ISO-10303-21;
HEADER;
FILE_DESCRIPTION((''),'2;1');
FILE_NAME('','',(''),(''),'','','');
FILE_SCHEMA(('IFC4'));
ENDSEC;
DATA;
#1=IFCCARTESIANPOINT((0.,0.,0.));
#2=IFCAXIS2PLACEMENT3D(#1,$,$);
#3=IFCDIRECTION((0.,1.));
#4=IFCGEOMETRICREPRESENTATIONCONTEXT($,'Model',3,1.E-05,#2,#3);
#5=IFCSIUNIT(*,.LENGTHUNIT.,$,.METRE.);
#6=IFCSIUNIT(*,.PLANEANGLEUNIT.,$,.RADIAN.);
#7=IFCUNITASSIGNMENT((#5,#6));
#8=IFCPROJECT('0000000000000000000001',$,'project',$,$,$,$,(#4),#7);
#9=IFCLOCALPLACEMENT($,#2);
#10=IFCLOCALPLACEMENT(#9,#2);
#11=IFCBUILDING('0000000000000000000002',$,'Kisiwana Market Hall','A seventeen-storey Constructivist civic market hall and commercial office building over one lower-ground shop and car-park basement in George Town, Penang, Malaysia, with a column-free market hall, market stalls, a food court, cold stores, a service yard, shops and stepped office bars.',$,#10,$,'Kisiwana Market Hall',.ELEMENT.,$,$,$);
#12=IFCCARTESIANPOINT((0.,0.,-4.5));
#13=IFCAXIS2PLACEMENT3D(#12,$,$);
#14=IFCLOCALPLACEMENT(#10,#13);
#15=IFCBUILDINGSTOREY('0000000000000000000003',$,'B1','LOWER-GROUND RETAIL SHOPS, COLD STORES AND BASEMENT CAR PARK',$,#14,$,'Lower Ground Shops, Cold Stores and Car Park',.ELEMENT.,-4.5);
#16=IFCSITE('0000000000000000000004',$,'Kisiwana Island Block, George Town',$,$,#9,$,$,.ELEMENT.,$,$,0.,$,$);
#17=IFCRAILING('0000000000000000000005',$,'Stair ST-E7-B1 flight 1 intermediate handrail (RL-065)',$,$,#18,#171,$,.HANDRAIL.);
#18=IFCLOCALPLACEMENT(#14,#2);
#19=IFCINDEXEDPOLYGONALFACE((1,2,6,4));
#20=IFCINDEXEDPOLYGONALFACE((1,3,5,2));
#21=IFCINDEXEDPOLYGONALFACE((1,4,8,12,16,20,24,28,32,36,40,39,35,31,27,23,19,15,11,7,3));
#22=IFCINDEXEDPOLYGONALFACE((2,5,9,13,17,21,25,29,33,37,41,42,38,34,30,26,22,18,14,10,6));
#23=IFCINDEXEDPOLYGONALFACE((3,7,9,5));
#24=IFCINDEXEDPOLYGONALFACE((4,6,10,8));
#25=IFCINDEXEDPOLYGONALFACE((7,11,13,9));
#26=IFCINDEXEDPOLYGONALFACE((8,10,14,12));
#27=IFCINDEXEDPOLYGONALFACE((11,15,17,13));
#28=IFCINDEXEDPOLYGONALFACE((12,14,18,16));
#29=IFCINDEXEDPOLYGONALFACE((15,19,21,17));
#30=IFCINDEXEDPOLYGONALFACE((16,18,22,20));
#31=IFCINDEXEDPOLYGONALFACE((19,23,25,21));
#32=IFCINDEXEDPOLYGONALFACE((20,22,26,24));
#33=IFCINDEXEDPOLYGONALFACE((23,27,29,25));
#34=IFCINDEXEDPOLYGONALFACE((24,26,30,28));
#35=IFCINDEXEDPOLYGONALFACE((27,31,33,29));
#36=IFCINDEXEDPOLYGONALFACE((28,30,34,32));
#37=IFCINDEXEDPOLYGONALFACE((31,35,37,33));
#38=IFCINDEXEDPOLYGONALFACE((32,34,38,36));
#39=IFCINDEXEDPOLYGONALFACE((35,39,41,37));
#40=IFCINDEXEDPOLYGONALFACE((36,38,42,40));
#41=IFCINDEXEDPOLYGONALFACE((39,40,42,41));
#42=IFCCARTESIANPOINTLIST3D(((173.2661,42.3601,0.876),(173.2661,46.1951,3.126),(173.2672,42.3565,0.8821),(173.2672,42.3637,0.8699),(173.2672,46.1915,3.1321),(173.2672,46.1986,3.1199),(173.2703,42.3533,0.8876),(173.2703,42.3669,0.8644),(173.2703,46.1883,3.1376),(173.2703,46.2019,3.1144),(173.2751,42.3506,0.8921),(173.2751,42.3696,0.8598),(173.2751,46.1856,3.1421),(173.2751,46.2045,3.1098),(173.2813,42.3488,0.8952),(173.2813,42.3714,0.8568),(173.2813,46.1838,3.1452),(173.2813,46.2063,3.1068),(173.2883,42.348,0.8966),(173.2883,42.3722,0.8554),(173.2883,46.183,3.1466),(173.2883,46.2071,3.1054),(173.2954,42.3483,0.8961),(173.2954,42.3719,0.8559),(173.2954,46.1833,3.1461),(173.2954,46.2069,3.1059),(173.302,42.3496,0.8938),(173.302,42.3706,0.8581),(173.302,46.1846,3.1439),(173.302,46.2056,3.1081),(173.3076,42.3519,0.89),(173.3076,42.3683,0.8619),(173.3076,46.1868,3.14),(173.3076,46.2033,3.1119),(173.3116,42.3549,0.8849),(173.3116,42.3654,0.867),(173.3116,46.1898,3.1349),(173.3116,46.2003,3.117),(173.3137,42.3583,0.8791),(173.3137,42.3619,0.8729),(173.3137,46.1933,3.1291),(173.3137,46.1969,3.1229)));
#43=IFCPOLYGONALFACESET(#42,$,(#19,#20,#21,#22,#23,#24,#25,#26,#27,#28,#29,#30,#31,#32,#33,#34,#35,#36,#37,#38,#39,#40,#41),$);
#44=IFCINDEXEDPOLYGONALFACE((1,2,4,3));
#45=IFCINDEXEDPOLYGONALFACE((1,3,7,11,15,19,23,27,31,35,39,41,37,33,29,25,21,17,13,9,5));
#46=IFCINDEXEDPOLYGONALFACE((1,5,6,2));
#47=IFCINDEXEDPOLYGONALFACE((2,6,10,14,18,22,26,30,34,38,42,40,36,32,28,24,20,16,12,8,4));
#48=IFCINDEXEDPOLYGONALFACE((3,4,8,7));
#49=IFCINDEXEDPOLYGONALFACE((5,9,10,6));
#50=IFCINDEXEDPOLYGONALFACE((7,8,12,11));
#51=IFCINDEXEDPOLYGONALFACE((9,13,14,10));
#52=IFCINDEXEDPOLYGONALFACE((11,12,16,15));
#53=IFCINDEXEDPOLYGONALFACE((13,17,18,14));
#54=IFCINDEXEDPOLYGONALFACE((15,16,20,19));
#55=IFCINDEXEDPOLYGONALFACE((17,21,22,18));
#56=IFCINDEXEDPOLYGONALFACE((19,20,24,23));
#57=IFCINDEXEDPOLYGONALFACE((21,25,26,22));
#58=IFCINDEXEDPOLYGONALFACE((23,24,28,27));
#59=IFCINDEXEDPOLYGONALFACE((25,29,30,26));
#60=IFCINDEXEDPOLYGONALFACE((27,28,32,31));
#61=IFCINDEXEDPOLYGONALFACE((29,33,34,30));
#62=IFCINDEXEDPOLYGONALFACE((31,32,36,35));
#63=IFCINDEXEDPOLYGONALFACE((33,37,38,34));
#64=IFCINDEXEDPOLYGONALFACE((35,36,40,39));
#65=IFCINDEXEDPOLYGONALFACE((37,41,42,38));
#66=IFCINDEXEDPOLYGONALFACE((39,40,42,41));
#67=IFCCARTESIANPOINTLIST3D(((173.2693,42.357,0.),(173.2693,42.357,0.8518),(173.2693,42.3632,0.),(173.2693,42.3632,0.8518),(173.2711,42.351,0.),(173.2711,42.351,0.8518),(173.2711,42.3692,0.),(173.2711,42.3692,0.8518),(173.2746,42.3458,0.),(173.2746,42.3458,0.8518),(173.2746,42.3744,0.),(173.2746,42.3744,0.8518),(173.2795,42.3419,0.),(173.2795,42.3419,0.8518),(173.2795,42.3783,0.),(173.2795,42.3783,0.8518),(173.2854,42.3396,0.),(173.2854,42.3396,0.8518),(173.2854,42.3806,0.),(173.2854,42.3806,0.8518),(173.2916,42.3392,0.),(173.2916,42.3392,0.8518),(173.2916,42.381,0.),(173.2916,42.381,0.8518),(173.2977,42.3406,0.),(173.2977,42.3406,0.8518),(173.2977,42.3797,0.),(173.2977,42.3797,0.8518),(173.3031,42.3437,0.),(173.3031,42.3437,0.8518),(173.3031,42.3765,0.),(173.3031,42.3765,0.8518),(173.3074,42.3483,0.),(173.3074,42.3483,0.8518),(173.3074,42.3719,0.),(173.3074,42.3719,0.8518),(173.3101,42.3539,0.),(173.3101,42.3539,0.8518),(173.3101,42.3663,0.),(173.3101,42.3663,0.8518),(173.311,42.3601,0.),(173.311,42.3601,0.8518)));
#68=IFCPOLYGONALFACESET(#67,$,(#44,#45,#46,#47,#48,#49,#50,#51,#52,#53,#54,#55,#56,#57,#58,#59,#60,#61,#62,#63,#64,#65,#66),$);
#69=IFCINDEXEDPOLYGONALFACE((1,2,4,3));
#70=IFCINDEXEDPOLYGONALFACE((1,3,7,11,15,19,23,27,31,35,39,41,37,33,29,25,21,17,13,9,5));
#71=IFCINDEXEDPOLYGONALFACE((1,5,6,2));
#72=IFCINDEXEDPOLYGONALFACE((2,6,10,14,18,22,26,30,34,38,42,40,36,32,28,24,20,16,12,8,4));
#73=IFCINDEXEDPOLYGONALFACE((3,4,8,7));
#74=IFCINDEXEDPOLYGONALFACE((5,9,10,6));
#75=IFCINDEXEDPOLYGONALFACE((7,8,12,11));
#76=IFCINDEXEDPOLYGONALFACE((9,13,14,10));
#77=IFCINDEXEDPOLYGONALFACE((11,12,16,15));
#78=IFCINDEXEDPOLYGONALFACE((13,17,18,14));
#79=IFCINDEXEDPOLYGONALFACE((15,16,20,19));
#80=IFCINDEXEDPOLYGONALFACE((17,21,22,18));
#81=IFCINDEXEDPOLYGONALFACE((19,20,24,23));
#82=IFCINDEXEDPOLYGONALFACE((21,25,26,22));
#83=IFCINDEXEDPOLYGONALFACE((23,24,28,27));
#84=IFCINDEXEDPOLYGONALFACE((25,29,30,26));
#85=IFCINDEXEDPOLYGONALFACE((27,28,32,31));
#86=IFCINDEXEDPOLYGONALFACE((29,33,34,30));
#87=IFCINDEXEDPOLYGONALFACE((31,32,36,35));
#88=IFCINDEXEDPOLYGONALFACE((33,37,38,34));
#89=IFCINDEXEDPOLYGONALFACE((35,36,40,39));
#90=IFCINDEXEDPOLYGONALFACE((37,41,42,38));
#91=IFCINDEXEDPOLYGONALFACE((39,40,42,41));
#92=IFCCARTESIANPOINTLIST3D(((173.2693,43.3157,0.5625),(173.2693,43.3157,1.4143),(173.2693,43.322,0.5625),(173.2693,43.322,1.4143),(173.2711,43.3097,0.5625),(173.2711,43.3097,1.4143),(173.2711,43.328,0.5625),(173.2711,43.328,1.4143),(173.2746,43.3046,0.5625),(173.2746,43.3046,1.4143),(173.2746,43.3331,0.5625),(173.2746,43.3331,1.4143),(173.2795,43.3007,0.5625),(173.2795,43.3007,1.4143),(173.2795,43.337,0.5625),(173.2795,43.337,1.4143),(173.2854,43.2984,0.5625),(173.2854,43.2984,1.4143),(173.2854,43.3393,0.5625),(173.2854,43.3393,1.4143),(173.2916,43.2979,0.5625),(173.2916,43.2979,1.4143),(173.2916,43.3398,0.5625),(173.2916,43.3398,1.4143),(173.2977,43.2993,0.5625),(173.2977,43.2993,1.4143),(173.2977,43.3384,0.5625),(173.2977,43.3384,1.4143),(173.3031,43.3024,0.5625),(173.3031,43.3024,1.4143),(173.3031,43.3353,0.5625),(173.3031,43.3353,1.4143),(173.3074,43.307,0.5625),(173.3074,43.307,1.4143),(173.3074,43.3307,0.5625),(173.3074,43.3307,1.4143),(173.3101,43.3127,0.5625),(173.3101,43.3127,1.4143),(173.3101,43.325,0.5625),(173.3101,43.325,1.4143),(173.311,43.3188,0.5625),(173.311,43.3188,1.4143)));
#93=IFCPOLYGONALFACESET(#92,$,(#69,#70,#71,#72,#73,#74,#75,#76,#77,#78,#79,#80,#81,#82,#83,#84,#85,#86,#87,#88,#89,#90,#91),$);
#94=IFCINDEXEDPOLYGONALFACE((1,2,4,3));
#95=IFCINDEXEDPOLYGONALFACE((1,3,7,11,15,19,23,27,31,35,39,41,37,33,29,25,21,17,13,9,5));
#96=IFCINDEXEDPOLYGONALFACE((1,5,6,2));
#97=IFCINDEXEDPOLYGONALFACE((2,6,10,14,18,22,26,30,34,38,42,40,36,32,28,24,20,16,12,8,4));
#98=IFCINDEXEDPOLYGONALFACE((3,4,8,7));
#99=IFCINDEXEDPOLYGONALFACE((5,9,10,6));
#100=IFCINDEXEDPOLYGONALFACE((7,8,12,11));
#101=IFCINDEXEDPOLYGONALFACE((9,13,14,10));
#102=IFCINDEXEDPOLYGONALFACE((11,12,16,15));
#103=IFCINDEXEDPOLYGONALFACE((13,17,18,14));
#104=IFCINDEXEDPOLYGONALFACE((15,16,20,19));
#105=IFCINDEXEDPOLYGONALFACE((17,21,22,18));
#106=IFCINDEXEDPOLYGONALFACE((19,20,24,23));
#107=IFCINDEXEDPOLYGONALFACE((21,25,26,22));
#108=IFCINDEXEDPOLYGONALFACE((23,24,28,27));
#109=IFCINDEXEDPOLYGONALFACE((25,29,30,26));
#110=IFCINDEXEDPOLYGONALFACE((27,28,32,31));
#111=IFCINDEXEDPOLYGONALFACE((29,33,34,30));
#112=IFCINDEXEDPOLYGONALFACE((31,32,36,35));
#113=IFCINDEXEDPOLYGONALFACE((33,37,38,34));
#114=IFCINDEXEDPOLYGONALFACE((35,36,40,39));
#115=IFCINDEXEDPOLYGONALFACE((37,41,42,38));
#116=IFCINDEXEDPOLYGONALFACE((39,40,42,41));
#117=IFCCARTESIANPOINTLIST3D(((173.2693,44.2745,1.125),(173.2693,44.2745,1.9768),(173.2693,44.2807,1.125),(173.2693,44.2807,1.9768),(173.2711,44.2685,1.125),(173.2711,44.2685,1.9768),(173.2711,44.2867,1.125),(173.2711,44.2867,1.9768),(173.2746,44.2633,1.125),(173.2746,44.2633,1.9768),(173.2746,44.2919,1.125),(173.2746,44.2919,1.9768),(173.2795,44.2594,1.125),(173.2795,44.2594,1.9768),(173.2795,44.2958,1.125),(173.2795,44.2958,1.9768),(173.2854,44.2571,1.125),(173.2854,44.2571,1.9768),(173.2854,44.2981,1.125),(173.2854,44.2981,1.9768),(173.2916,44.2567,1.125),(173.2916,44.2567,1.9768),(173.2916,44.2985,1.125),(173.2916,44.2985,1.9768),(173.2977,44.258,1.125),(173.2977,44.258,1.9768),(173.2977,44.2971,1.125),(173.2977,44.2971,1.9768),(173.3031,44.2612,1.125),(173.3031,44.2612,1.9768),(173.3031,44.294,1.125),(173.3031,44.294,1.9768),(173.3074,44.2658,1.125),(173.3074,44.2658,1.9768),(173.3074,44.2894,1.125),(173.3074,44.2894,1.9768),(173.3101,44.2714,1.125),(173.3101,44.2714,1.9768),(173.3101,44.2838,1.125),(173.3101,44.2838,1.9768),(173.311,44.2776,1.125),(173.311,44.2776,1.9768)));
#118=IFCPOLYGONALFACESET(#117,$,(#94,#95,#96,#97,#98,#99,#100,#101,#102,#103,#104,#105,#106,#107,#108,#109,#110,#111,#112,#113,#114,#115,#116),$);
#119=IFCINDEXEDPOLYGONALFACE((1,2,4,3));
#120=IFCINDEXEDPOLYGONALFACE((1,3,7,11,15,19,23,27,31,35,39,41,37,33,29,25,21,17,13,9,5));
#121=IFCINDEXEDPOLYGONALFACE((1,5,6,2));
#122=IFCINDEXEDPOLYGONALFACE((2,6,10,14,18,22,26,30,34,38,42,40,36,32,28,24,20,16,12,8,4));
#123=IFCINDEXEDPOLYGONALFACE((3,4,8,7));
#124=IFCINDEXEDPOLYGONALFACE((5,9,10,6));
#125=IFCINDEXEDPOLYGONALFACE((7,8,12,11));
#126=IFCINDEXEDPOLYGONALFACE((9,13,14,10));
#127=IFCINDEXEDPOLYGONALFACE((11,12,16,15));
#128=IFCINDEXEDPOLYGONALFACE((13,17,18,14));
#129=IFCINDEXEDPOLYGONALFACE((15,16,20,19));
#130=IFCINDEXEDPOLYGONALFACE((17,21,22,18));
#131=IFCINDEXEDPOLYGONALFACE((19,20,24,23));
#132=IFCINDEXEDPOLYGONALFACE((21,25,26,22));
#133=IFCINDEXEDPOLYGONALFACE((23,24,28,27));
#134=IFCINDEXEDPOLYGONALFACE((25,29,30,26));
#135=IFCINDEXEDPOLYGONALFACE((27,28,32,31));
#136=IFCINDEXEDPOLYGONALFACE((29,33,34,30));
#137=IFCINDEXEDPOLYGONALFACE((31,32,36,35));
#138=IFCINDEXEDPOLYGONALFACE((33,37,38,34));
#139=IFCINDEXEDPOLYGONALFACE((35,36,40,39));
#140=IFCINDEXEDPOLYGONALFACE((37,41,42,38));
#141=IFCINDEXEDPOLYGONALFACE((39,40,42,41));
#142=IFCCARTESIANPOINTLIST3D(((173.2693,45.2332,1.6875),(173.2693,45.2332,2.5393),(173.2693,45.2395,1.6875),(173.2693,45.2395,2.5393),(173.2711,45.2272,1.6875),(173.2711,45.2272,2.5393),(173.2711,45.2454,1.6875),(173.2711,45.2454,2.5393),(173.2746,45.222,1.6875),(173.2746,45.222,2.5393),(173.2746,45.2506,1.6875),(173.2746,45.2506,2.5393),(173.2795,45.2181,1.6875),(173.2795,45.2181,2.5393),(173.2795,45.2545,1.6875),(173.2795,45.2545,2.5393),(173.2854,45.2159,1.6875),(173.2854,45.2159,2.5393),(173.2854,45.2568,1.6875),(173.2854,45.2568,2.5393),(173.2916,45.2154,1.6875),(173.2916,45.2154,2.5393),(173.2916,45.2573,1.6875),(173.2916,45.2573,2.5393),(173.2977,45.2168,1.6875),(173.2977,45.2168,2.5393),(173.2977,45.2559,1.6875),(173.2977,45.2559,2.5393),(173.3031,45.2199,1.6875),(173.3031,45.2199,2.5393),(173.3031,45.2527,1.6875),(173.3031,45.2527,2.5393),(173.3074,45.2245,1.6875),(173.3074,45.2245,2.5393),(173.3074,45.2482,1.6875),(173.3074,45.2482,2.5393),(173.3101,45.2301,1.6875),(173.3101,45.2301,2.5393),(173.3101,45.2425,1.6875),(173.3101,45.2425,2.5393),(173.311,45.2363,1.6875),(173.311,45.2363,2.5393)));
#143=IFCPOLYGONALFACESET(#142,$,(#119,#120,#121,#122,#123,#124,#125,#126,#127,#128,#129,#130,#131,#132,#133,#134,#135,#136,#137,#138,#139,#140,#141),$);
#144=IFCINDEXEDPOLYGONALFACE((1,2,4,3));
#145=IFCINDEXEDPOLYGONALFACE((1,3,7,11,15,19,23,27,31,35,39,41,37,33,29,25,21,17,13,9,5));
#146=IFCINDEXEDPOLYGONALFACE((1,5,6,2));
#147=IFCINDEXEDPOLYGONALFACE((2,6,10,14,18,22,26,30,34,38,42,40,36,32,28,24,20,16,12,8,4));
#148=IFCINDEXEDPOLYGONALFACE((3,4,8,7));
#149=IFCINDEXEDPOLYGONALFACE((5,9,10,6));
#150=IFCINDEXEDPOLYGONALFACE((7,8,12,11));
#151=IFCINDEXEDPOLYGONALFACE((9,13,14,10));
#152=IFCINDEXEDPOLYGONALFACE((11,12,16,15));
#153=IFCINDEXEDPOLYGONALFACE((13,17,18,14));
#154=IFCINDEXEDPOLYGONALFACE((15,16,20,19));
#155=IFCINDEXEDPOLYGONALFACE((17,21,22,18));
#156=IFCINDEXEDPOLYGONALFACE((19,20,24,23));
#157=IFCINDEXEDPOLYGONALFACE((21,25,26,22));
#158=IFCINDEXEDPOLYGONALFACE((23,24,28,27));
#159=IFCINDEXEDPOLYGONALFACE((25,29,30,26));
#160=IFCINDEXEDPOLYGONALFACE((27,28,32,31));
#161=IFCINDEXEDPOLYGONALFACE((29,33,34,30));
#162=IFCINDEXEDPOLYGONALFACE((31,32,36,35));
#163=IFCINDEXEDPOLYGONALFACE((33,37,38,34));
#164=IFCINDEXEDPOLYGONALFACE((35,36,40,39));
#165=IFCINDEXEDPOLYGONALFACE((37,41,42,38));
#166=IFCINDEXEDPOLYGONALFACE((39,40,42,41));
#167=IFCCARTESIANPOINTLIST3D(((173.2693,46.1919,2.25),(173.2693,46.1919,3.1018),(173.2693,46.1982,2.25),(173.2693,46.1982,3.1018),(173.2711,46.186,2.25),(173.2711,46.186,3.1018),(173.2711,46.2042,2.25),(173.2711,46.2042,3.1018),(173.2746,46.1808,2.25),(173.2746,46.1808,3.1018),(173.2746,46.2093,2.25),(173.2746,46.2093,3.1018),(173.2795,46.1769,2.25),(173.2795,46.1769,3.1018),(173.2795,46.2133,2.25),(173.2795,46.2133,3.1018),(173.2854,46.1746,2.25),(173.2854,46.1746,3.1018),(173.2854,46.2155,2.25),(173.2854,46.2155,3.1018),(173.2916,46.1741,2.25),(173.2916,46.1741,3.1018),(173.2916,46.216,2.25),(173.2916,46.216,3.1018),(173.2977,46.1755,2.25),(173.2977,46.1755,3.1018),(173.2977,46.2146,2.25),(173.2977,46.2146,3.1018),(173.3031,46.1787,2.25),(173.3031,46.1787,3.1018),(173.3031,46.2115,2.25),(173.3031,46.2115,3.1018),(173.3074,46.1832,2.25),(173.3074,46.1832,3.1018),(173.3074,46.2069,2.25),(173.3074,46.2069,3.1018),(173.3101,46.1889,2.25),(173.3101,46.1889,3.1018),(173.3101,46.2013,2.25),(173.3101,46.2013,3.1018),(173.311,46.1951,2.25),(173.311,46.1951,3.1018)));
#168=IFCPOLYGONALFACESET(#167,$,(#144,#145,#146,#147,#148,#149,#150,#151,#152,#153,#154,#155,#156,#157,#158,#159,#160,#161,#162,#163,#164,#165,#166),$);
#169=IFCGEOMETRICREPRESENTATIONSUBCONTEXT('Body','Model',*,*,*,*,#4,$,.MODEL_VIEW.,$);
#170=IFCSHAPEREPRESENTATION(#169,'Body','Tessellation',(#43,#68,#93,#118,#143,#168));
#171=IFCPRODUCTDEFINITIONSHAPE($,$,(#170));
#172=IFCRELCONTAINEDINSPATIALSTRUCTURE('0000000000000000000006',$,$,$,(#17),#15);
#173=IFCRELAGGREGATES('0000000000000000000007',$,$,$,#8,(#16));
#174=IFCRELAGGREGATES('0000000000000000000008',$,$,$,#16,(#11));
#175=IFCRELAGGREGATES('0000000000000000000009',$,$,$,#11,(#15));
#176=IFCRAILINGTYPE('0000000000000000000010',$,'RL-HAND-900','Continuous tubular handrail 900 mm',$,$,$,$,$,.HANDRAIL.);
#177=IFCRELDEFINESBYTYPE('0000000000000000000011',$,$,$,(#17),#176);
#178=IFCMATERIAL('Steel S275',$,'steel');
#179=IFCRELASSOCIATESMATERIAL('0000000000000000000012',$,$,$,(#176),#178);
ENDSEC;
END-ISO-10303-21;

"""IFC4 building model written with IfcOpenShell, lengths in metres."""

from ifc_helpers import new_model, si_unit, direction, frame, origin, origin_2d, place, context, subcontext, project, spatial, circle, extrude, material, type_object, element, save


model = new_model("IFC4")

# Units and contexts
model_context = context("Model", 3, precision=1e-05, world=origin(), true_north=direction((0.0, 1.0)))
body_context = subcontext(model_context, "Body", "Model", "MODEL_VIEW")
ifc_project = project(units=[si_unit("LENGTHUNIT", "METRE"), si_unit("PLANEANGLEUNIT", "RADIAN")], contexts=[model_context])

# Site, building, storey
site_placement = place(None, origin())
site = spatial("IfcSite", under=ifc_project, at=site_placement, Name="Kisiwana Island Block, George Town", CompositionType="ELEMENT", RefElevation=0.0)
building_placement = place(site_placement, origin())
building = spatial("IfcBuilding", under=site, at=building_placement, Name="Kisiwana Market Hall", Description="A seventeen-storey Constructivist civic market hall and commercial office building over one lower-ground shop and car-park basement in George Town, Penang, Malaysia, with a column-free market hall, market stalls, a food court, cold stores, a service yard, shops and stepped office bars.", LongName="Kisiwana Market Hall", CompositionType="ELEMENT")
storey_placement = place(building_placement, frame((0.0, 0.0, -4.5)))
storey = spatial("IfcBuildingStorey", under=building, at=storey_placement, Name="B1", Description="LOWER-GROUND RETAIL SHOPS, COLD STORES AND BASEMENT CAR PARK", LongName="Lower Ground Shops, Cold Stores and Car Park", CompositionType="ELEMENT", Elevation=-4.5)

# Railing
ifc_material_1 = material(Name="Steel S275", Category="steel")
railing_type_1 = type_object("IfcRailingType", Name="RL-HAND-900", Description="Continuous tubular handrail 900 mm", PredefinedType="HANDRAIL", material=ifc_material_1)
for number, where, name in (
    (1, (173.29, 42.3601, 0.0), "Stair ST-E7-B1 flight 1 intermediate handrail (RL-065)"),
):
    element("IfcRailing", number, at=place(storey_placement, frame(where)), inside=storey, type_object=railing_type_1, Name=name, PredefinedType="HANDRAIL", context=body_context, shape_type="SweptSolid", body=[
        extrude(circle(Radius=0.0239, at=origin_2d()), frame((0.0, 0.0, 0.876), z_axis=(0.0, 0.86251, 0.506041), x_axis=(-1.0, 0.0, 0.0)), (0.0, 0.0, 1.0), 4.4463),
        extrude(circle(Radius=0.021, at=origin_2d()), origin(), (0.0, 0.0, 1.0), 0.8518),
        extrude(circle(Radius=0.021, at=origin_2d()), frame((0.0, 0.9587, 0.5625)), (0.0, 0.0, 1.0), 0.8518),
        extrude(circle(Radius=0.021, at=origin_2d()), frame((0.0, 1.9175, 1.125)), (0.0, 0.0, 1.0), 0.8518),
        extrude(circle(Radius=0.021, at=origin_2d()), frame((0.0, 2.8762, 1.6875)), (0.0, 0.0, 1.0), 0.8518),
        extrude(circle(Radius=0.021, at=origin_2d()), frame((0.0, 3.835, 2.25)), (0.0, 0.0, 1.0), 0.8518),
    ])

save(model, "model.ifc")
